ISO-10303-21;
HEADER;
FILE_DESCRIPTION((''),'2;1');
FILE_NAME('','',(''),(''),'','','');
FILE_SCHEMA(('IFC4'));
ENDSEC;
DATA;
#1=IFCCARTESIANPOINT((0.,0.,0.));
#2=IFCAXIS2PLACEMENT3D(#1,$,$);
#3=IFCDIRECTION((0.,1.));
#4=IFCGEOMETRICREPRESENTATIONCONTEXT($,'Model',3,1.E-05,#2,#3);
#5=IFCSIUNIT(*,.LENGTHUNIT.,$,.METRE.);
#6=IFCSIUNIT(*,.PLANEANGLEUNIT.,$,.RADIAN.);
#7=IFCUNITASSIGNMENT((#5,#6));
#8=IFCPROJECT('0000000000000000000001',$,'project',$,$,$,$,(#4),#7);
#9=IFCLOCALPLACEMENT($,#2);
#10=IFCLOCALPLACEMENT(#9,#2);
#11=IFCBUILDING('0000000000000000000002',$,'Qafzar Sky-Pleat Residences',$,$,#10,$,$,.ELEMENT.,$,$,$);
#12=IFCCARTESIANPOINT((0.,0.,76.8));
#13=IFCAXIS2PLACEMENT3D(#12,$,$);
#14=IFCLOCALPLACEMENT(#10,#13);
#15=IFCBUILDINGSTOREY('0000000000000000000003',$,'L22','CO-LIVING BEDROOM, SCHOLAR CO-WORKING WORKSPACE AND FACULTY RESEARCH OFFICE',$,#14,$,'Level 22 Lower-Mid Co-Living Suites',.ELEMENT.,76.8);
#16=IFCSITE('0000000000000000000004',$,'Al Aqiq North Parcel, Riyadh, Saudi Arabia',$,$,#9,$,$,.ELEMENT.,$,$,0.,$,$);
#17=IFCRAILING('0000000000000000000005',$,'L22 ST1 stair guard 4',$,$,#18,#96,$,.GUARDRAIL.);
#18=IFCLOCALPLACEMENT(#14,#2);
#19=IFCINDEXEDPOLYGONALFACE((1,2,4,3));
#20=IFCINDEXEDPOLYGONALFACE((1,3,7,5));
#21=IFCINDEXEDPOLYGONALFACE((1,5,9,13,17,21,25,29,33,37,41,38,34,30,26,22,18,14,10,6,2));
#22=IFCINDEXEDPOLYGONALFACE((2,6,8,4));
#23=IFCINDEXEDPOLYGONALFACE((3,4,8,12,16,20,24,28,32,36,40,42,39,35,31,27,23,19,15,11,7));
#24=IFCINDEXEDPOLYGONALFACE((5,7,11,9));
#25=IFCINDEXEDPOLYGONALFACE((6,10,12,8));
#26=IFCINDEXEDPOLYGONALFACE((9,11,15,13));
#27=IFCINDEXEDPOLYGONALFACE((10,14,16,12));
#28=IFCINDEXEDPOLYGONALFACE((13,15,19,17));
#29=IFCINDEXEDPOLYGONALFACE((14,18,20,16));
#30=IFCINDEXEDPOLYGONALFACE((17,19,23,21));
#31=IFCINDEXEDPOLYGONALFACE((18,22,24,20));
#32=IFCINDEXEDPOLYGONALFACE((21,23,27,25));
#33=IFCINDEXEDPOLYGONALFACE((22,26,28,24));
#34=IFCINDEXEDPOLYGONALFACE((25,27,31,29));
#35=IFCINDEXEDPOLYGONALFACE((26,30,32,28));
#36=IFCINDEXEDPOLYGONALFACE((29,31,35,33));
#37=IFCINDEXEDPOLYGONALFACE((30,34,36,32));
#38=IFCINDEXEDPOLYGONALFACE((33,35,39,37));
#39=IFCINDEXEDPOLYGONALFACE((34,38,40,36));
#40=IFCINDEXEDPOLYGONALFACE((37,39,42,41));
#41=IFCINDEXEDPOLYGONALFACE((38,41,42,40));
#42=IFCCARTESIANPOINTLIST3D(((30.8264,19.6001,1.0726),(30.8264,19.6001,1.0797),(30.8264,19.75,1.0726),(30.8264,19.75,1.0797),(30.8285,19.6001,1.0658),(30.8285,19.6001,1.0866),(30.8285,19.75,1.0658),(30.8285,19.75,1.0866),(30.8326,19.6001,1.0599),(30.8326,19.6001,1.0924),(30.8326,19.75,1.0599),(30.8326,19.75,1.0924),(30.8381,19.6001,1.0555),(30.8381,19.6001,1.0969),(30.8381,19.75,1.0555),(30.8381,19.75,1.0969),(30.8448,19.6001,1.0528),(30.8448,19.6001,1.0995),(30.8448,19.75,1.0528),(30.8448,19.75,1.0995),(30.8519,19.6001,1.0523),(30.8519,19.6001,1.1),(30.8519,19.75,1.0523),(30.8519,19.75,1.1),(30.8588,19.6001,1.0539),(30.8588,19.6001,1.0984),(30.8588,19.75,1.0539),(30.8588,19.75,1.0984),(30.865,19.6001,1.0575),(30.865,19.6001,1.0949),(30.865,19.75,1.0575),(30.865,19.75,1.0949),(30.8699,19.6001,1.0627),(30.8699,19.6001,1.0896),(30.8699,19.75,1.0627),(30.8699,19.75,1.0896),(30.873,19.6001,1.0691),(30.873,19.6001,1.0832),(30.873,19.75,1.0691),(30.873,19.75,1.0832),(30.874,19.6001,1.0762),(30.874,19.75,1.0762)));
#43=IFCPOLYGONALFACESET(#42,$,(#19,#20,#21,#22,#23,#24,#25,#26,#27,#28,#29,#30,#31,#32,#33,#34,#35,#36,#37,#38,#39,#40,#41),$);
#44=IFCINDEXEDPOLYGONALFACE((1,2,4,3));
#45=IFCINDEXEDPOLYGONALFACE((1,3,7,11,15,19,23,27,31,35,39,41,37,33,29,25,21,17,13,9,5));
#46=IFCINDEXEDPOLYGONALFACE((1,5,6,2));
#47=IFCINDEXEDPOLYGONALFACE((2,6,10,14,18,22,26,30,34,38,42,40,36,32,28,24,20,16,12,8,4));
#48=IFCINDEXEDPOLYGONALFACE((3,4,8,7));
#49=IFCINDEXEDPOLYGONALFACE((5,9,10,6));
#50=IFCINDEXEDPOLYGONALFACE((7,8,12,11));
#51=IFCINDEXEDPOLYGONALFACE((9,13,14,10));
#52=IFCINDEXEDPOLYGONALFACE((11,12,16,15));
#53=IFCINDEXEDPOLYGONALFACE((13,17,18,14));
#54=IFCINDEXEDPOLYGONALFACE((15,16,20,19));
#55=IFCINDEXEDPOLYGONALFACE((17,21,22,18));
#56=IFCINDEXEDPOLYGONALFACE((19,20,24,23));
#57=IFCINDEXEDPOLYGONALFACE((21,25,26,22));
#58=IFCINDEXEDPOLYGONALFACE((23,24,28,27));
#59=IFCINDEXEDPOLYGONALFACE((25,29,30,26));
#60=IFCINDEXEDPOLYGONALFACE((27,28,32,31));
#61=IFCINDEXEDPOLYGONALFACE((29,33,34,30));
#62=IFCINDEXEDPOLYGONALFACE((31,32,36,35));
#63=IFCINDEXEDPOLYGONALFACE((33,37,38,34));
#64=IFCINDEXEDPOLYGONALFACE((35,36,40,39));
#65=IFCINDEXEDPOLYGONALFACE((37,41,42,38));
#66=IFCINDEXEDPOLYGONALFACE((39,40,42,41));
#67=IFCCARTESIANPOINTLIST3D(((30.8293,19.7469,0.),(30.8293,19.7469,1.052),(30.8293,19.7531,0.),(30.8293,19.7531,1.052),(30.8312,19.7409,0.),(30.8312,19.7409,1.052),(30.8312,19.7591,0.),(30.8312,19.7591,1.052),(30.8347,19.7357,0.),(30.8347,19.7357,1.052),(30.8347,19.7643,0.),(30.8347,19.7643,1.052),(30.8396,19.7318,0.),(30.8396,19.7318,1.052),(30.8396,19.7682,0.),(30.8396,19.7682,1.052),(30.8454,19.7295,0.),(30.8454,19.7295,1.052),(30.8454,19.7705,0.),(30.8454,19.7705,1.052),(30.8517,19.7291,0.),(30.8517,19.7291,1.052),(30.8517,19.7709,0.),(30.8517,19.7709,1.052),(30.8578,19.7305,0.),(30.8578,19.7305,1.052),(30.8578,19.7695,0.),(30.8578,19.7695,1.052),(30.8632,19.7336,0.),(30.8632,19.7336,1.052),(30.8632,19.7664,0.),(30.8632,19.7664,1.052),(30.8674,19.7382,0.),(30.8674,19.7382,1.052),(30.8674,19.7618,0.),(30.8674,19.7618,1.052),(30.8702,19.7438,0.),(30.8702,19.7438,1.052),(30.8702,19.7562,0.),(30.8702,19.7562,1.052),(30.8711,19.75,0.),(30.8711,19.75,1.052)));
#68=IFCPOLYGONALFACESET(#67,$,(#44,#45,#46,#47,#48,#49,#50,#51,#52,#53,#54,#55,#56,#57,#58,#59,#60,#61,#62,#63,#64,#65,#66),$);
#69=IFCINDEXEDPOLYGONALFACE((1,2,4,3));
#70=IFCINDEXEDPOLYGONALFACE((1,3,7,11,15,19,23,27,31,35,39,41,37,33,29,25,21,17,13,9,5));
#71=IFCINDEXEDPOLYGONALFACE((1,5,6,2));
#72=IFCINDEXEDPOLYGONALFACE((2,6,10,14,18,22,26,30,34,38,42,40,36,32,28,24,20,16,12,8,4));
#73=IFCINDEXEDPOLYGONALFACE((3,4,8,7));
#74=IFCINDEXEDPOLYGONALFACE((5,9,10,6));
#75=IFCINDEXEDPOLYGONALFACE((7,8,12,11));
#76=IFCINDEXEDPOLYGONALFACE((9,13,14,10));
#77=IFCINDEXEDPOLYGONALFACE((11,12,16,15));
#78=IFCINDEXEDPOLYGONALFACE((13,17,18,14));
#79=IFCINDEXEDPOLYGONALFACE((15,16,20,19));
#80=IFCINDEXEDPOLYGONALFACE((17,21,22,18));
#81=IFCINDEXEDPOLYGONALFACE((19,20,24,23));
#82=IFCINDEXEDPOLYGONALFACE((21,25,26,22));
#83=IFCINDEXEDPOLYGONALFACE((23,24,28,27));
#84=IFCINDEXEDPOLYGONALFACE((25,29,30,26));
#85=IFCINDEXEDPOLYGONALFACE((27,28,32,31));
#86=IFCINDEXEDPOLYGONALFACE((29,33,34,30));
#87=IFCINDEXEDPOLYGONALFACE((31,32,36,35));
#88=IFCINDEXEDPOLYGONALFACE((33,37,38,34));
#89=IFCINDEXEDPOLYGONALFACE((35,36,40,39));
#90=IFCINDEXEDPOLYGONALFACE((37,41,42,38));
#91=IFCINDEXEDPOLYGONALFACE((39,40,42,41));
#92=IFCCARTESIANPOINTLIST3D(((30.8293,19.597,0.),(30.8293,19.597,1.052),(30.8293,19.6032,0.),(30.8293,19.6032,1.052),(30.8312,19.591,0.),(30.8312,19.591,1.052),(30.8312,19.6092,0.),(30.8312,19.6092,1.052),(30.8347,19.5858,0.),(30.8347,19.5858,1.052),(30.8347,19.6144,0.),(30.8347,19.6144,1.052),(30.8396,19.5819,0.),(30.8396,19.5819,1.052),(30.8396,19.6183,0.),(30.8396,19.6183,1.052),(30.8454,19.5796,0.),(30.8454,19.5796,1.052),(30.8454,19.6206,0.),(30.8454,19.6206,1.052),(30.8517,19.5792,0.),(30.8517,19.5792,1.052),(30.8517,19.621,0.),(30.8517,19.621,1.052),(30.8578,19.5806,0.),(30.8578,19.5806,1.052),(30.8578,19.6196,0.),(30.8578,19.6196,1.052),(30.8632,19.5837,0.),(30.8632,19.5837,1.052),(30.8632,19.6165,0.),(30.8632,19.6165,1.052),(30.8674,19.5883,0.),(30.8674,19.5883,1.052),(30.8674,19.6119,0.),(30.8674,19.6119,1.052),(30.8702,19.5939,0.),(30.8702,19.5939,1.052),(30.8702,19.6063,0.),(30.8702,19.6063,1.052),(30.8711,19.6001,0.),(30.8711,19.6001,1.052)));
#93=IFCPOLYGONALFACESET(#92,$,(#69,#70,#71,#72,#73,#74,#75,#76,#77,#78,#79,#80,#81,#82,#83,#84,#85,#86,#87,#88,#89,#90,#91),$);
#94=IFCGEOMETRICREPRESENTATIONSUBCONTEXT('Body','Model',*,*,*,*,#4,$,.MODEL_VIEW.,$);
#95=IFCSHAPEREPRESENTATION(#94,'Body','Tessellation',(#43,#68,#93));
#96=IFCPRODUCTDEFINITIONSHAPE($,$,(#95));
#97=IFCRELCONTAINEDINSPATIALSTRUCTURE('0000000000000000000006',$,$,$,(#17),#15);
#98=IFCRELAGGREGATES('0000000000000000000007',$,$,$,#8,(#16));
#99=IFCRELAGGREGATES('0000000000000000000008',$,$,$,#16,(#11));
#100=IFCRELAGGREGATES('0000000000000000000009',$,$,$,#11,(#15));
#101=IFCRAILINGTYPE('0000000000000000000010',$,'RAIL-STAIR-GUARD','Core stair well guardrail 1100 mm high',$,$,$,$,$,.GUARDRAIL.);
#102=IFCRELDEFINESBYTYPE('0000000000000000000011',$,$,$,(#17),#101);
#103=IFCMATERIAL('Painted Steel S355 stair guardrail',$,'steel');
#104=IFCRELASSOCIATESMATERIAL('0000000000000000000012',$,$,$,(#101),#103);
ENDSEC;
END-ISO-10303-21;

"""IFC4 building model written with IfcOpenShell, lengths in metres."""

from ifc_helpers import new_model, si_unit, direction, frame, origin, origin_2d, place, context, subcontext, project, spatial, circle, extrude, source, transform, mapped, material, type_object, element, save


model = new_model("IFC4")

# Units and contexts
model_context = context("Model", 3, precision=1e-05, world=origin(), true_north=direction((0.0, 1.0)))
body_context = subcontext(model_context, "Body", "Model", "MODEL_VIEW")
ifc_project = project(units=[si_unit("LENGTHUNIT", "METRE"), si_unit("PLANEANGLEUNIT", "RADIAN")], contexts=[model_context])

# Site, building, storey
site_placement = place(None, origin())
site = spatial("IfcSite", under=ifc_project, at=site_placement, Name="Al Aqiq North Parcel, Riyadh, Saudi Arabia", CompositionType="ELEMENT", RefElevation=0.0)
building_placement = place(site_placement, origin())
building = spatial("IfcBuilding", under=site, at=building_placement, Name="Qafzar Sky-Pleat Residences", CompositionType="ELEMENT")
storey_placement = place(building_placement, frame((0.0, 0.0, 76.8)))
storey = spatial("IfcBuildingStorey", under=building, at=storey_placement, Name="L22", Description="CO-LIVING BEDROOM, SCHOLAR CO-WORKING WORKSPACE AND FACULTY RESEARCH OFFICE", LongName="Level 22 Lower-Mid Co-Living Suites", CompositionType="ELEMENT", Elevation=76.8)

# Railing
ifc_material_1 = material(Name="Painted Steel S355 stair guardrail", Category="steel")
railing_type_1 = type_object("IfcRailingType", Name="RAIL-STAIR-GUARD", Description="Core stair well guardrail 1100 mm high", PredefinedType="GUARDRAIL", material=ifc_material_1)
shared_shape_1 = source(origin(), body_context, "Body", "SweptSolid", [
    extrude(circle(Radius=0.0239, at=origin_2d()), frame((0.0, 0.0, 1.0762), z_axis=(0.0, -1.0, 0.0), x_axis=(1.0, 0.0, 0.0)), (0.0, 0.0, 1.0), 0.1499),
    extrude(circle(Radius=0.021, at=origin_2d()), origin(), (0.0, 0.0, 1.0), 1.052),
    extrude(circle(Radius=0.021, at=origin_2d()), frame((0.0, -0.1499, 0.0)), (0.0, 0.0, 1.0), 1.052),
])
for number, where, name in (
    (1, (30.8501, 19.75, 0.0), "L22 ST1 stair guard 4"),
):
    element("IfcRailing", number, at=place(storey_placement, frame(where)), inside=storey, type_object=railing_type_1, Name=name, PredefinedType="GUARDRAIL", context=body_context, shape_type="MappedRepresentation", body=[
        mapped(shared_shape_1, transform((0.0, 0.0, 0.0), x_axis=(1.0, 0.0, 0.0), y_axis=(0.0, 1.0, 0.0), z_axis=(0.0, 0.0, 1.0), scale=1.0)),
    ])

save(model, "model.ifc")
